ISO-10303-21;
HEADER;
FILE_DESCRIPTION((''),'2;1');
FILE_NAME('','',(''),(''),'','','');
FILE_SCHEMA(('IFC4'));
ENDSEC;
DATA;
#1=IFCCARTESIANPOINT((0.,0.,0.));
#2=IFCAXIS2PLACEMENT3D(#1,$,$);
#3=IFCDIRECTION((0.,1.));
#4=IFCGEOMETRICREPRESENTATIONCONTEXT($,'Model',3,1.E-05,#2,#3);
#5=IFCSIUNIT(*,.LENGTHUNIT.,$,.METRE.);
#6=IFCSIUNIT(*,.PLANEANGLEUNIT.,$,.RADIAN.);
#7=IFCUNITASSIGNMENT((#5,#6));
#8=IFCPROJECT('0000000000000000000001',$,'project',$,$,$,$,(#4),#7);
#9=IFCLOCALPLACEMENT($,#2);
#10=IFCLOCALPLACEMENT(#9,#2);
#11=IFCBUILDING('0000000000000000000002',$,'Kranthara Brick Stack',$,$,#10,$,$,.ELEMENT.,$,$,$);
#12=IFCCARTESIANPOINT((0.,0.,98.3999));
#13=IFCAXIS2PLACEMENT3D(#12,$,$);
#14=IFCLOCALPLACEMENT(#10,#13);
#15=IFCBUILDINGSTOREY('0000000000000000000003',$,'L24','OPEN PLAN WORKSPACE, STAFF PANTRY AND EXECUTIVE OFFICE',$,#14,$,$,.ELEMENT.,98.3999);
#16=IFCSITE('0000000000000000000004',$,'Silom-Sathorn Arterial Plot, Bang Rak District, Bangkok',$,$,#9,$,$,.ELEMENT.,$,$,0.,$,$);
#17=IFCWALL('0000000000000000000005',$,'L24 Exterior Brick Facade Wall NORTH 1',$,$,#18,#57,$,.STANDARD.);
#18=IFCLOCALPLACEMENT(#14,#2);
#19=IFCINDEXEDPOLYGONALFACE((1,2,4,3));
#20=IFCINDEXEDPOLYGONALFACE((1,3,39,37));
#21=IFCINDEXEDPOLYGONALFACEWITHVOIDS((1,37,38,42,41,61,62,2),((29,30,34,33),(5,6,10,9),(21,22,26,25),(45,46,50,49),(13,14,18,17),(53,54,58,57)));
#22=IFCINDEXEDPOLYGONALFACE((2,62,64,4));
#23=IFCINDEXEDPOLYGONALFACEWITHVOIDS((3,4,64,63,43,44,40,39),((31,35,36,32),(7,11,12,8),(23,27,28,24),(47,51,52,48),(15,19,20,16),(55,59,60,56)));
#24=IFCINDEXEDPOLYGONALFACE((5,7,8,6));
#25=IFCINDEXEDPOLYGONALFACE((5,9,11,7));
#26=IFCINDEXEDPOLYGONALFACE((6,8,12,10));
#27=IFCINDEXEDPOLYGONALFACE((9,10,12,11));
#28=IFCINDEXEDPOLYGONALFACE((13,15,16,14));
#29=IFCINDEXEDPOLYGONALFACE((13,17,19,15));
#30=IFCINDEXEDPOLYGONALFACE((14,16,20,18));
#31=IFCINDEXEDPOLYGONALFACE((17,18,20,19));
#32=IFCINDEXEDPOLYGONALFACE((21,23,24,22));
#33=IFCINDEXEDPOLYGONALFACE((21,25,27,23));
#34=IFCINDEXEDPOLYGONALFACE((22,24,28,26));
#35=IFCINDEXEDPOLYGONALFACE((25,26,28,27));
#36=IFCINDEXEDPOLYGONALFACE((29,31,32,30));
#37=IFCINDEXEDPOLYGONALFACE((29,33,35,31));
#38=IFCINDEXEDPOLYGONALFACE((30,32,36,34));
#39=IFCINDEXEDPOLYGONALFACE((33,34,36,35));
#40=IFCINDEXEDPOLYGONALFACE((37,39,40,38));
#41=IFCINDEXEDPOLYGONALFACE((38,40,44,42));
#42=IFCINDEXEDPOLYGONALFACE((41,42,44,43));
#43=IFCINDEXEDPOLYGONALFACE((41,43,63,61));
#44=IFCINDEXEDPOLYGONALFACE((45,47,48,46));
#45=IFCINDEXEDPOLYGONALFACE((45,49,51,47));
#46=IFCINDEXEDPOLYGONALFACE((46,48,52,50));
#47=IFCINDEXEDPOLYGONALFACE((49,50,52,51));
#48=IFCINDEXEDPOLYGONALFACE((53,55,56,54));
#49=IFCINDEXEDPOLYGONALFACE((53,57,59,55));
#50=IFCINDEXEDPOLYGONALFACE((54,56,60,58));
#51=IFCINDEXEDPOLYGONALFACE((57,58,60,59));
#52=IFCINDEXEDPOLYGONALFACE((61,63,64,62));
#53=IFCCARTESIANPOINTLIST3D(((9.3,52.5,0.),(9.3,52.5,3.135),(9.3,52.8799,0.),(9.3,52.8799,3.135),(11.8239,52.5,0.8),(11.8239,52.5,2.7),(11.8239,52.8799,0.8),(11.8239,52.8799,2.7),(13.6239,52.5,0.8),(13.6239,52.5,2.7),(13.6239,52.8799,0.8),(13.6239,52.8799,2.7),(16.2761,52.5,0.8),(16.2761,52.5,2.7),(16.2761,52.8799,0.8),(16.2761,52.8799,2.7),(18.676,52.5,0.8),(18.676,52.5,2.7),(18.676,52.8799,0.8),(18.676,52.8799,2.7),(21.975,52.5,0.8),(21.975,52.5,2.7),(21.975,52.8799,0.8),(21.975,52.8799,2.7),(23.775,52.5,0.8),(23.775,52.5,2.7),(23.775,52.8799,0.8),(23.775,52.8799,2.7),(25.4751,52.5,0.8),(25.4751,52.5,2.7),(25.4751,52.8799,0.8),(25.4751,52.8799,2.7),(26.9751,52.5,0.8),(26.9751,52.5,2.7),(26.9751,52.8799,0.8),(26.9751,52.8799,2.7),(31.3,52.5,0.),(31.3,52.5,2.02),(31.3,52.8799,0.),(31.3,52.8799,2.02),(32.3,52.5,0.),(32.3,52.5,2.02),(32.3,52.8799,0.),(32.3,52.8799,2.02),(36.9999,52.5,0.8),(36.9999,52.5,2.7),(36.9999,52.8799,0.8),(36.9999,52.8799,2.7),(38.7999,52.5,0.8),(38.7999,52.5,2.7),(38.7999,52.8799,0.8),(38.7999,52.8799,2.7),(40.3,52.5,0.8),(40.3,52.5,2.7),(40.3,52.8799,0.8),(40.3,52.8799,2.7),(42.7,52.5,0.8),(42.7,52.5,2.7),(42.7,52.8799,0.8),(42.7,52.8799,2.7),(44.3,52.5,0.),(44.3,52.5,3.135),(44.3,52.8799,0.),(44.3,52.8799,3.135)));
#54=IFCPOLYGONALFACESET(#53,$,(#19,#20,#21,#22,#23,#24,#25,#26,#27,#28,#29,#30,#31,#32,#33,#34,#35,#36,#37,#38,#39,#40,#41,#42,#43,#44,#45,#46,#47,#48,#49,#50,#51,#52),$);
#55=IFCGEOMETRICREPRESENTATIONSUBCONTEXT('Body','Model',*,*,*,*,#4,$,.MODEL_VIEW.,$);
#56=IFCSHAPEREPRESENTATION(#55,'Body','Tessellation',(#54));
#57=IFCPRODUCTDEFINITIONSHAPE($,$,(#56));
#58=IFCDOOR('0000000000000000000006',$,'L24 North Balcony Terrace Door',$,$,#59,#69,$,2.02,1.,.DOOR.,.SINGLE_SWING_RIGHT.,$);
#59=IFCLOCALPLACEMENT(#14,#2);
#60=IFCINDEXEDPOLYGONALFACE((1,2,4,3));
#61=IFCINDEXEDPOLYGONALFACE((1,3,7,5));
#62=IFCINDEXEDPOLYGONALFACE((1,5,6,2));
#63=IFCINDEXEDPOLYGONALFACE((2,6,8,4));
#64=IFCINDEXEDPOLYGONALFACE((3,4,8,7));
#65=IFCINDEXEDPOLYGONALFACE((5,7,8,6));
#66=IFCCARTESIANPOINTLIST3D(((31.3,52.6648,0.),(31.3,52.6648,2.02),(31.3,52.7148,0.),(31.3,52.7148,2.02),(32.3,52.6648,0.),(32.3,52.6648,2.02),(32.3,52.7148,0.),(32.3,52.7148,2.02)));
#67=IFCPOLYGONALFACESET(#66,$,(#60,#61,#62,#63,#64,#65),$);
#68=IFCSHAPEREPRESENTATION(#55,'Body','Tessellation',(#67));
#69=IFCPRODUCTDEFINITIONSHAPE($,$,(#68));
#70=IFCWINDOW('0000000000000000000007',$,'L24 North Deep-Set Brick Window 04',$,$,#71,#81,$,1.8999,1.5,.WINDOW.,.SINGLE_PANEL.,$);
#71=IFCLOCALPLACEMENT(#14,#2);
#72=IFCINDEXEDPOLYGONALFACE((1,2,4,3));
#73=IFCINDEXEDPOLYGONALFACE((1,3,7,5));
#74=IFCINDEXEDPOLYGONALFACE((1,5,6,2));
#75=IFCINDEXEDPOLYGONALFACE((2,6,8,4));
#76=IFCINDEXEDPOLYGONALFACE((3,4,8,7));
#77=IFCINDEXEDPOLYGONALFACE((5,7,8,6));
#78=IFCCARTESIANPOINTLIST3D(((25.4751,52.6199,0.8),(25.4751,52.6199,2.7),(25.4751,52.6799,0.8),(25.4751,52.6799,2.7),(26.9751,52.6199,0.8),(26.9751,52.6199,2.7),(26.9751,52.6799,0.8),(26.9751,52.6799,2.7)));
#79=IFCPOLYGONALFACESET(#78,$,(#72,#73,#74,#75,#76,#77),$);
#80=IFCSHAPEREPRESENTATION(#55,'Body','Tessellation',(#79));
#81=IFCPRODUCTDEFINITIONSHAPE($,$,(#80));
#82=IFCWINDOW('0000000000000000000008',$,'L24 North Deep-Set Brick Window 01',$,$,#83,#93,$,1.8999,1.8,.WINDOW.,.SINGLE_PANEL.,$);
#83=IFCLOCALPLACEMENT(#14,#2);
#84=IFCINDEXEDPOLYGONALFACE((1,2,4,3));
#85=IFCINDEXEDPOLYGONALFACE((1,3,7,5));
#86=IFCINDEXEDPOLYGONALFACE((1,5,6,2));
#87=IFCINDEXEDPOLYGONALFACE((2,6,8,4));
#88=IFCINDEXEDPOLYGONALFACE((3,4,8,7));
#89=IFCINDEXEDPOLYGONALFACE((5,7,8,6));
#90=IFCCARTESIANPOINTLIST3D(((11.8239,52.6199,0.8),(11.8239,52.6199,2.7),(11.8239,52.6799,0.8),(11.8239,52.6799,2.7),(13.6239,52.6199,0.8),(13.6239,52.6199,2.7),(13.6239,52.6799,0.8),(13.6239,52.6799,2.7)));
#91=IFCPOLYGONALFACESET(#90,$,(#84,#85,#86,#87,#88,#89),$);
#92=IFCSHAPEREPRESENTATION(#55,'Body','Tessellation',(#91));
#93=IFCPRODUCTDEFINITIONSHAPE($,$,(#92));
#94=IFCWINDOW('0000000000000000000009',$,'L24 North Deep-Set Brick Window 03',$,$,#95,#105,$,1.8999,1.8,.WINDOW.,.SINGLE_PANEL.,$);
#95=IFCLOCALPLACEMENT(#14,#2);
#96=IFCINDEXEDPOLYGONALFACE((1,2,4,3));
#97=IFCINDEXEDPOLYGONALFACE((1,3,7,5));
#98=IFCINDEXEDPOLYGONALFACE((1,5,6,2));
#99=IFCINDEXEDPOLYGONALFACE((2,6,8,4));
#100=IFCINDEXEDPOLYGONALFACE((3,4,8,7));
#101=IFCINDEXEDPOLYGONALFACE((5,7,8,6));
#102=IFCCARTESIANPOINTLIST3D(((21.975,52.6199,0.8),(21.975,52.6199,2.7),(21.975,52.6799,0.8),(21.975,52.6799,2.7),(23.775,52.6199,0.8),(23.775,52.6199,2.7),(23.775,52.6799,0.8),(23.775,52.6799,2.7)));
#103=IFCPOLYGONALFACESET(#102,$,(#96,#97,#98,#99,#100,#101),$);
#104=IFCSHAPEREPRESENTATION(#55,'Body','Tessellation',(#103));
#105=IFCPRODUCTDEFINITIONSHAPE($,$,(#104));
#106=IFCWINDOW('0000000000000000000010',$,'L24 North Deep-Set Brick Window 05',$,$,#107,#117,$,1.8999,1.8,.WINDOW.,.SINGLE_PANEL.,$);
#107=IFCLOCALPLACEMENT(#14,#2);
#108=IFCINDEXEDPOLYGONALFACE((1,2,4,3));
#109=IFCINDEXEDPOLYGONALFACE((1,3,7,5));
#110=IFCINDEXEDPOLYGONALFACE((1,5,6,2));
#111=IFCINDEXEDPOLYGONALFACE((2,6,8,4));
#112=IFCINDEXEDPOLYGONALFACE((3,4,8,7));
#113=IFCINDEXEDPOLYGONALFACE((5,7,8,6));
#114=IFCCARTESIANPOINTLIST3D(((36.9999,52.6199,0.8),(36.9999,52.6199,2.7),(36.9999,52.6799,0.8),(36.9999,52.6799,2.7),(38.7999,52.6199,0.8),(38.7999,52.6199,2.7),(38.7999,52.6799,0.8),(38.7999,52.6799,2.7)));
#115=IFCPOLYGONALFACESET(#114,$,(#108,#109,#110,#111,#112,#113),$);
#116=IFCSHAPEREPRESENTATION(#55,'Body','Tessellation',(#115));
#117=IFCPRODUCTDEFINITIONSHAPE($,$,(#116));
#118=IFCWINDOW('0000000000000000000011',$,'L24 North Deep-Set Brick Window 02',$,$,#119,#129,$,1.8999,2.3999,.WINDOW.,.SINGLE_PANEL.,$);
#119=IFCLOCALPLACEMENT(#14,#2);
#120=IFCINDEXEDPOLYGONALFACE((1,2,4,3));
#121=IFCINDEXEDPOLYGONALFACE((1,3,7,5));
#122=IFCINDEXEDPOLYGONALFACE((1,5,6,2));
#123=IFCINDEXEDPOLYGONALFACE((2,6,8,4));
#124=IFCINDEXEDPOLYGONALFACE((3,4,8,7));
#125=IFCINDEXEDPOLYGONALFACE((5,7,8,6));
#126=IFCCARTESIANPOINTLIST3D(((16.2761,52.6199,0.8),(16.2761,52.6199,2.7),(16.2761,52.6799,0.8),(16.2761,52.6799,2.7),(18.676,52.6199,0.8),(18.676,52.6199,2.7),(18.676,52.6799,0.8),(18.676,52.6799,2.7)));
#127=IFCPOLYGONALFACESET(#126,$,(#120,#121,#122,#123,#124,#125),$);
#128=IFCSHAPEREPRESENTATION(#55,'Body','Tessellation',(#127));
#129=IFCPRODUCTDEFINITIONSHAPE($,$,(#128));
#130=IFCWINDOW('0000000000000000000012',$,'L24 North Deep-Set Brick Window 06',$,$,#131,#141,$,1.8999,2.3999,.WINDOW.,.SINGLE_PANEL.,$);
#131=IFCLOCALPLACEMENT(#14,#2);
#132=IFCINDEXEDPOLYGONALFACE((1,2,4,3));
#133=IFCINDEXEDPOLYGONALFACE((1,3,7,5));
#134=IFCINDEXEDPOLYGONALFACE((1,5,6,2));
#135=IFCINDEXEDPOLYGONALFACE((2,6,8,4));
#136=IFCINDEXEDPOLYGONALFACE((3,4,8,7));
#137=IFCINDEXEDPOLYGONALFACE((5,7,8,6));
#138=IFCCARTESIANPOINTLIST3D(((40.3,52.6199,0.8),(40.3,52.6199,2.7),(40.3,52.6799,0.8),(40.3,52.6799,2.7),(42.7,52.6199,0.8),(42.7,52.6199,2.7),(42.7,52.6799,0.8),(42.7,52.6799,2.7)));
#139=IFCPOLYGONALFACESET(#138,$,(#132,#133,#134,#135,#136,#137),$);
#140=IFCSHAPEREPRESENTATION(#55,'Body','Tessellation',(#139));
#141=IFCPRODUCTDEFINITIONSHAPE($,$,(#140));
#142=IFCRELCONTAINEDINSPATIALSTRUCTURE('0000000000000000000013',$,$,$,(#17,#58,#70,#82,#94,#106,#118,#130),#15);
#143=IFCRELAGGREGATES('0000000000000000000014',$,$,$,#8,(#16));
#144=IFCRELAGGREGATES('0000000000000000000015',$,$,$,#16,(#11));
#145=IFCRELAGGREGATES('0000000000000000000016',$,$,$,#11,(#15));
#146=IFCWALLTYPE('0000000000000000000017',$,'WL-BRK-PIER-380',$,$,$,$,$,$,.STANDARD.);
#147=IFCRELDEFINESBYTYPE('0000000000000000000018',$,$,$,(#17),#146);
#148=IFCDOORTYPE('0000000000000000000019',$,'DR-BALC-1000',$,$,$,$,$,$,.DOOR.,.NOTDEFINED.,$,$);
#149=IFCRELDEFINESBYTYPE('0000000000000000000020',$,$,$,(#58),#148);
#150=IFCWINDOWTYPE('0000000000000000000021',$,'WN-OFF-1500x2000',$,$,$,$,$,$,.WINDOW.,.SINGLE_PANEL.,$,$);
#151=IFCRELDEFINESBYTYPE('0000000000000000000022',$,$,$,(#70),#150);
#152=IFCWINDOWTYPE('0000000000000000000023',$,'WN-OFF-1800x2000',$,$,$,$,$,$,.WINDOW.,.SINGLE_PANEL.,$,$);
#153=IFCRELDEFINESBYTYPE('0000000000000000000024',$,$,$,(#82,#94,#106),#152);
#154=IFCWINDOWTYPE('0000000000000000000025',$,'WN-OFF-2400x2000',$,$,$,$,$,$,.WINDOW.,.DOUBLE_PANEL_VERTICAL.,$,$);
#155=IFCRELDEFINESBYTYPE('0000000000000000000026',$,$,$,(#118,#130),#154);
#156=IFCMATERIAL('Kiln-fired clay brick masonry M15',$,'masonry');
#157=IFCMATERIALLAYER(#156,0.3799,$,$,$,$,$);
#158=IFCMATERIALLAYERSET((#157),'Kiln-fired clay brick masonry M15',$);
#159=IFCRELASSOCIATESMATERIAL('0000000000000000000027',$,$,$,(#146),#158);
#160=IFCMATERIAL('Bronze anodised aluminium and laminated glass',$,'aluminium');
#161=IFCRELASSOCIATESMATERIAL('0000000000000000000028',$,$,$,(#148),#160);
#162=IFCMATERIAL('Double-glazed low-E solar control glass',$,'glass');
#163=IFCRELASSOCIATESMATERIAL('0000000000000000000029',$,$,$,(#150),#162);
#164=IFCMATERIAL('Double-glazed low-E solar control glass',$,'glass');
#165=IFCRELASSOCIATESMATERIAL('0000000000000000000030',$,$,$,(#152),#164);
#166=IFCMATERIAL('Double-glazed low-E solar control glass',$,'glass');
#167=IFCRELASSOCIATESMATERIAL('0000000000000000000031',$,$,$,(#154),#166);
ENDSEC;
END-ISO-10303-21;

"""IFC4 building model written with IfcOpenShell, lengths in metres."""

from ifc_helpers import new_model, si_unit, direction, frame, frame_2d, origin, place, context, subcontext, project, spatial, rectangle, extrude, material, layer, layer_set, type_object, element, fill, save


model = new_model("IFC4")

# Units and contexts
model_context = context("Model", 3, precision=1e-05, world=origin(), true_north=direction((0.0, 1.0)))
body_context = subcontext(model_context, "Body", "Model", "MODEL_VIEW")
ifc_project = project(units=[si_unit("LENGTHUNIT", "METRE"), si_unit("PLANEANGLEUNIT", "RADIAN")], contexts=[model_context])

# Site, building, storey
site_placement = place(None, origin())
site = spatial("IfcSite", under=ifc_project, at=site_placement, Name="Silom-Sathorn Arterial Plot, Bang Rak District, Bangkok", CompositionType="ELEMENT", RefElevation=0.0)
building_placement = place(site_placement, origin())
building = spatial("IfcBuilding", under=site, at=building_placement, Name="Kranthara Brick Stack", CompositionType="ELEMENT")
storey_placement = place(building_placement, frame((0.0, 0.0, 98.3999)))
storey = spatial("IfcBuildingStorey", under=building, at=storey_placement, Name="L24", Description="OPEN PLAN WORKSPACE, STAFF PANTRY AND EXECUTIVE OFFICE", CompositionType="ELEMENT", Elevation=98.3999)

# Shared definitions
ifc_material_1 = material(Name="Kiln-fired clay brick masonry M15", Category="masonry")
ifc_layer_1 = layer(ifc_material_1, 0.3799)
ifc_layer_set_1 = layer_set([ifc_layer_1], Name="Kiln-fired clay brick masonry M15")
wall_type_1 = type_object("IfcWallType", Name="WL-BRK-PIER-380", PredefinedType="STANDARD", material=ifc_layer_set_1)

# Wall, openings, door, windows
wall_1_placement = place(storey_placement, frame((9.3, 52.6899, 0.0), z_axis=(0.0, 0.0, 1.0), x_axis=(1.0, 0.0, 0.0)))
wall_1 = element("IfcWall", 1, at=wall_1_placement, inside=storey, type_object=wall_type_1, Name="L24 Exterior Brick Facade Wall NORTH 1", PredefinedType="STANDARD", context=body_context, shape_type="SweptSolid", body=[
    extrude(rectangle(XDim=35.0, YDim=0.3799, at=frame_2d((17.5, 0.0))), origin(), (0.0, 0.0, 1.0), 3.135),
])
opening_1_placement = place(wall_1_placement, frame((22.0, 0.0, 0.0)))
opening_1 = element("IfcOpeningElement", 2, at=opening_1_placement, cuts=wall_1, PredefinedType="OPENING", context=body_context, shape_type="SweptSolid", body=[
    extrude(rectangle(XDim=1.0, YDim=2.02, at=frame_2d((0.5, 1.01))), frame((0.0, 0.2, 0.0), z_axis=(0.0, -1.0, 0.0), x_axis=(1.0, 0.0, 0.0)), (0.0, 0.0, 1.0), 0.3999),
])
opening_2_placement = place(wall_1_placement, frame((2.5239, 0.0, 0.8)))
opening_2 = element("IfcOpeningElement", 3, at=opening_2_placement, cuts=wall_1, PredefinedType="OPENING", context=body_context, shape_type="SweptSolid", body=[
    extrude(rectangle(XDim=1.8, YDim=1.8999, at=frame_2d((0.8999, 0.95))), frame((0.0, 0.2, 0.0), z_axis=(0.0, -1.0, 0.0), x_axis=(1.0, 0.0, 0.0)), (0.0, 0.0, 1.0), 0.3999),
])
opening_3_placement = place(wall_1_placement, frame((6.9761, 0.0, 0.8)))
opening_3 = element("IfcOpeningElement", 4, at=opening_3_placement, cuts=wall_1, PredefinedType="OPENING", context=body_context, shape_type="SweptSolid", body=[
    extrude(rectangle(XDim=2.3999, YDim=1.8999, at=frame_2d((1.2, 0.95))), frame((0.0, 0.2, 0.0), z_axis=(0.0, -1.0, 0.0), x_axis=(1.0, 0.0, 0.0)), (0.0, 0.0, 1.0), 0.3999),
])
opening_4_placement = place(wall_1_placement, frame((12.675, 0.0, 0.8)))
opening_4 = element("IfcOpeningElement", 5, at=opening_4_placement, cuts=wall_1, PredefinedType="OPENING", context=body_context, shape_type="SweptSolid", body=[
    extrude(rectangle(XDim=1.8, YDim=1.8999, at=frame_2d((0.8999, 0.95))), frame((0.0, 0.2, 0.0), z_axis=(0.0, -1.0, 0.0), x_axis=(1.0, 0.0, 0.0)), (0.0, 0.0, 1.0), 0.3999),
])
opening_5_placement = place(wall_1_placement, frame((16.175, 0.0, 0.8)))
opening_5 = element("IfcOpeningElement", 6, at=opening_5_placement, cuts=wall_1, PredefinedType="OPENING", context=body_context, shape_type="SweptSolid", body=[
    extrude(rectangle(XDim=1.5, YDim=1.8999, at=frame_2d((0.75, 0.95))), frame((0.0, 0.2, 0.0), z_axis=(0.0, -1.0, 0.0), x_axis=(1.0, 0.0, 0.0)), (0.0, 0.0, 1.0), 0.3999),
])
opening_6_placement = place(wall_1_placement, frame((27.7, 0.0, 0.8)))
opening_6 = element("IfcOpeningElement", 7, at=opening_6_placement, cuts=wall_1, PredefinedType="OPENING", context=body_context, shape_type="SweptSolid", body=[
    extrude(rectangle(XDim=1.8, YDim=1.8999, at=frame_2d((0.8999, 0.95))), frame((0.0, 0.2, 0.0), z_axis=(0.0, -1.0, 0.0), x_axis=(1.0, 0.0, 0.0)), (0.0, 0.0, 1.0), 0.3999),
])
opening_7_placement = place(wall_1_placement, frame((31.0, 0.0, 0.8)))
opening_7 = element("IfcOpeningElement", 8, at=opening_7_placement, cuts=wall_1, PredefinedType="OPENING", context=body_context, shape_type="SweptSolid", body=[
    extrude(rectangle(XDim=2.3999, YDim=1.8999, at=frame_2d((1.2, 0.95))), frame((0.0, 0.2, 0.0), z_axis=(0.0, -1.0, 0.0), x_axis=(1.0, 0.0, 0.0)), (0.0, 0.0, 1.0), 0.3999),
])
ifc_material_2 = material(Name="Bronze anodised aluminium and laminated glass", Category="aluminium")
door_type_1 = type_object("IfcDoorType", Name="DR-BALC-1000", OperationType="NOTDEFINED", PredefinedType="DOOR", material=ifc_material_2)
door_1_placement = place(opening_1_placement, origin())
door_1 = element("IfcDoor", 9, at=door_1_placement, inside=storey, type_object=door_type_1, Name="L24 North Balcony Terrace Door", OperationType="SINGLE_SWING_RIGHT", OverallHeight=2.02, OverallWidth=1.0, PredefinedType="DOOR", context=body_context, shape_type="SweptSolid", body=[
    extrude(rectangle(XDim=1.0, YDim=2.02, at=frame_2d((0.5, 1.01))), frame((0.0, 0.0249, 0.0), z_axis=(0.0, -1.0, 0.0), x_axis=(1.0, 0.0, 0.0)), (0.0, 0.0, 1.0), 0.05),
])
fill(opening_1, door_1)
ifc_material_3 = material(Name="Double-glazed low-E solar control glass", Category="glass")
window_type_1 = type_object("IfcWindowType", Name="WN-OFF-1500x2000", PartitioningType="SINGLE_PANEL", PredefinedType="WINDOW", material=ifc_material_3)
window_1_placement = place(opening_5_placement, origin())
window_1 = element("IfcWindow", 10, at=window_1_placement, inside=storey, type_object=window_type_1, Name="L24 North Deep-Set Brick Window 04", OverallHeight=1.8999, OverallWidth=1.5, PartitioningType="SINGLE_PANEL", PredefinedType="WINDOW", context=body_context, shape_type="SweptSolid", body=[
    extrude(rectangle(XDim=1.5, YDim=1.8999, at=frame_2d((0.75, 0.95))), frame((0.0, -0.01, 0.0), z_axis=(0.0, -1.0, 0.0), x_axis=(1.0, 0.0, 0.0)), (0.0, 0.0, 1.0), 0.0601),
])
fill(opening_5, window_1)
ifc_material_4 = material(Name="Double-glazed low-E solar control glass", Category="glass")
window_type_2 = type_object("IfcWindowType", Name="WN-OFF-1800x2000", PartitioningType="SINGLE_PANEL", PredefinedType="WINDOW", material=ifc_material_4)
window_2_placement = place(opening_2_placement, origin())
window_2 = element("IfcWindow", 11, at=window_2_placement, inside=storey, type_object=window_type_2, Name="L24 North Deep-Set Brick Window 01", OverallHeight=1.8999, OverallWidth=1.8, PartitioningType="SINGLE_PANEL", PredefinedType="WINDOW", context=body_context, shape_type="SweptSolid", body=[
    extrude(rectangle(XDim=1.8, YDim=1.8999, at=frame_2d((0.8999, 0.95))), frame((0.0, -0.01, 0.0), z_axis=(0.0, -1.0, 0.0), x_axis=(1.0, 0.0, 0.0)), (0.0, 0.0, 1.0), 0.0601),
])
fill(opening_2, window_2)
window_3_placement = place(opening_4_placement, origin())
window_3 = element("IfcWindow", 12, at=window_3_placement, inside=storey, type_object=window_type_2, Name="L24 North Deep-Set Brick Window 03", OverallHeight=1.8999, OverallWidth=1.8, PartitioningType="SINGLE_PANEL", PredefinedType="WINDOW", context=body_context, shape_type="SweptSolid", body=[
    extrude(rectangle(XDim=1.8, YDim=1.8999, at=frame_2d((0.8999, 0.95))), frame((0.0, -0.01, 0.0), z_axis=(0.0, -1.0, 0.0), x_axis=(1.0, 0.0, 0.0)), (0.0, 0.0, 1.0), 0.0601),
])
fill(opening_4, window_3)
window_4_placement = place(opening_6_placement, origin())
window_4 = element("IfcWindow", 13, at=window_4_placement, inside=storey, type_object=window_type_2, Name="L24 North Deep-Set Brick Window 05", OverallHeight=1.8999, OverallWidth=1.8, PartitioningType="SINGLE_PANEL", PredefinedType="WINDOW", context=body_context, shape_type="SweptSolid", body=[
    extrude(rectangle(XDim=1.8, YDim=1.8999, at=frame_2d((0.8999, 0.95))), frame((0.0, -0.01, 0.0), z_axis=(0.0, -1.0, 0.0), x_axis=(1.0, 0.0, 0.0)), (0.0, 0.0, 1.0), 0.0601),
])
fill(opening_6, window_4)
ifc_material_5 = material(Name="Double-glazed low-E solar control glass", Category="glass")
window_type_3 = type_object("IfcWindowType", Name="WN-OFF-2400x2000", PartitioningType="DOUBLE_PANEL_VERTICAL", PredefinedType="WINDOW", material=ifc_material_5)
window_5_placement = place(opening_3_placement, origin())
window_5 = element("IfcWindow", 14, at=window_5_placement, inside=storey, type_object=window_type_3, Name="L24 North Deep-Set Brick Window 02", OverallHeight=1.8999, OverallWidth=2.3999, PartitioningType="SINGLE_PANEL", PredefinedType="WINDOW", context=body_context, shape_type="SweptSolid", body=[
    extrude(rectangle(XDim=2.3999, YDim=1.8999, at=frame_2d((1.2, 0.95))), frame((0.0, -0.01, 0.0), z_axis=(0.0, -1.0, 0.0), x_axis=(1.0, 0.0, 0.0)), (0.0, 0.0, 1.0), 0.0601),
])
fill(opening_3, window_5)
window_6_placement = place(opening_7_placement, origin())
window_6 = element("IfcWindow", 15, at=window_6_placement, inside=storey, type_object=window_type_3, Name="L24 North Deep-Set Brick Window 06", OverallHeight=1.8999, OverallWidth=2.3999, PartitioningType="SINGLE_PANEL", PredefinedType="WINDOW", context=body_context, shape_type="SweptSolid", body=[
    extrude(rectangle(XDim=2.3999, YDim=1.8999, at=frame_2d((1.2, 0.95))), frame((0.0, -0.01, 0.0), z_axis=(0.0, -1.0, 0.0), x_axis=(1.0, 0.0, 0.0)), (0.0, 0.0, 1.0), 0.0601),
])
fill(opening_7, window_6)

save(model, "model.ifc")
